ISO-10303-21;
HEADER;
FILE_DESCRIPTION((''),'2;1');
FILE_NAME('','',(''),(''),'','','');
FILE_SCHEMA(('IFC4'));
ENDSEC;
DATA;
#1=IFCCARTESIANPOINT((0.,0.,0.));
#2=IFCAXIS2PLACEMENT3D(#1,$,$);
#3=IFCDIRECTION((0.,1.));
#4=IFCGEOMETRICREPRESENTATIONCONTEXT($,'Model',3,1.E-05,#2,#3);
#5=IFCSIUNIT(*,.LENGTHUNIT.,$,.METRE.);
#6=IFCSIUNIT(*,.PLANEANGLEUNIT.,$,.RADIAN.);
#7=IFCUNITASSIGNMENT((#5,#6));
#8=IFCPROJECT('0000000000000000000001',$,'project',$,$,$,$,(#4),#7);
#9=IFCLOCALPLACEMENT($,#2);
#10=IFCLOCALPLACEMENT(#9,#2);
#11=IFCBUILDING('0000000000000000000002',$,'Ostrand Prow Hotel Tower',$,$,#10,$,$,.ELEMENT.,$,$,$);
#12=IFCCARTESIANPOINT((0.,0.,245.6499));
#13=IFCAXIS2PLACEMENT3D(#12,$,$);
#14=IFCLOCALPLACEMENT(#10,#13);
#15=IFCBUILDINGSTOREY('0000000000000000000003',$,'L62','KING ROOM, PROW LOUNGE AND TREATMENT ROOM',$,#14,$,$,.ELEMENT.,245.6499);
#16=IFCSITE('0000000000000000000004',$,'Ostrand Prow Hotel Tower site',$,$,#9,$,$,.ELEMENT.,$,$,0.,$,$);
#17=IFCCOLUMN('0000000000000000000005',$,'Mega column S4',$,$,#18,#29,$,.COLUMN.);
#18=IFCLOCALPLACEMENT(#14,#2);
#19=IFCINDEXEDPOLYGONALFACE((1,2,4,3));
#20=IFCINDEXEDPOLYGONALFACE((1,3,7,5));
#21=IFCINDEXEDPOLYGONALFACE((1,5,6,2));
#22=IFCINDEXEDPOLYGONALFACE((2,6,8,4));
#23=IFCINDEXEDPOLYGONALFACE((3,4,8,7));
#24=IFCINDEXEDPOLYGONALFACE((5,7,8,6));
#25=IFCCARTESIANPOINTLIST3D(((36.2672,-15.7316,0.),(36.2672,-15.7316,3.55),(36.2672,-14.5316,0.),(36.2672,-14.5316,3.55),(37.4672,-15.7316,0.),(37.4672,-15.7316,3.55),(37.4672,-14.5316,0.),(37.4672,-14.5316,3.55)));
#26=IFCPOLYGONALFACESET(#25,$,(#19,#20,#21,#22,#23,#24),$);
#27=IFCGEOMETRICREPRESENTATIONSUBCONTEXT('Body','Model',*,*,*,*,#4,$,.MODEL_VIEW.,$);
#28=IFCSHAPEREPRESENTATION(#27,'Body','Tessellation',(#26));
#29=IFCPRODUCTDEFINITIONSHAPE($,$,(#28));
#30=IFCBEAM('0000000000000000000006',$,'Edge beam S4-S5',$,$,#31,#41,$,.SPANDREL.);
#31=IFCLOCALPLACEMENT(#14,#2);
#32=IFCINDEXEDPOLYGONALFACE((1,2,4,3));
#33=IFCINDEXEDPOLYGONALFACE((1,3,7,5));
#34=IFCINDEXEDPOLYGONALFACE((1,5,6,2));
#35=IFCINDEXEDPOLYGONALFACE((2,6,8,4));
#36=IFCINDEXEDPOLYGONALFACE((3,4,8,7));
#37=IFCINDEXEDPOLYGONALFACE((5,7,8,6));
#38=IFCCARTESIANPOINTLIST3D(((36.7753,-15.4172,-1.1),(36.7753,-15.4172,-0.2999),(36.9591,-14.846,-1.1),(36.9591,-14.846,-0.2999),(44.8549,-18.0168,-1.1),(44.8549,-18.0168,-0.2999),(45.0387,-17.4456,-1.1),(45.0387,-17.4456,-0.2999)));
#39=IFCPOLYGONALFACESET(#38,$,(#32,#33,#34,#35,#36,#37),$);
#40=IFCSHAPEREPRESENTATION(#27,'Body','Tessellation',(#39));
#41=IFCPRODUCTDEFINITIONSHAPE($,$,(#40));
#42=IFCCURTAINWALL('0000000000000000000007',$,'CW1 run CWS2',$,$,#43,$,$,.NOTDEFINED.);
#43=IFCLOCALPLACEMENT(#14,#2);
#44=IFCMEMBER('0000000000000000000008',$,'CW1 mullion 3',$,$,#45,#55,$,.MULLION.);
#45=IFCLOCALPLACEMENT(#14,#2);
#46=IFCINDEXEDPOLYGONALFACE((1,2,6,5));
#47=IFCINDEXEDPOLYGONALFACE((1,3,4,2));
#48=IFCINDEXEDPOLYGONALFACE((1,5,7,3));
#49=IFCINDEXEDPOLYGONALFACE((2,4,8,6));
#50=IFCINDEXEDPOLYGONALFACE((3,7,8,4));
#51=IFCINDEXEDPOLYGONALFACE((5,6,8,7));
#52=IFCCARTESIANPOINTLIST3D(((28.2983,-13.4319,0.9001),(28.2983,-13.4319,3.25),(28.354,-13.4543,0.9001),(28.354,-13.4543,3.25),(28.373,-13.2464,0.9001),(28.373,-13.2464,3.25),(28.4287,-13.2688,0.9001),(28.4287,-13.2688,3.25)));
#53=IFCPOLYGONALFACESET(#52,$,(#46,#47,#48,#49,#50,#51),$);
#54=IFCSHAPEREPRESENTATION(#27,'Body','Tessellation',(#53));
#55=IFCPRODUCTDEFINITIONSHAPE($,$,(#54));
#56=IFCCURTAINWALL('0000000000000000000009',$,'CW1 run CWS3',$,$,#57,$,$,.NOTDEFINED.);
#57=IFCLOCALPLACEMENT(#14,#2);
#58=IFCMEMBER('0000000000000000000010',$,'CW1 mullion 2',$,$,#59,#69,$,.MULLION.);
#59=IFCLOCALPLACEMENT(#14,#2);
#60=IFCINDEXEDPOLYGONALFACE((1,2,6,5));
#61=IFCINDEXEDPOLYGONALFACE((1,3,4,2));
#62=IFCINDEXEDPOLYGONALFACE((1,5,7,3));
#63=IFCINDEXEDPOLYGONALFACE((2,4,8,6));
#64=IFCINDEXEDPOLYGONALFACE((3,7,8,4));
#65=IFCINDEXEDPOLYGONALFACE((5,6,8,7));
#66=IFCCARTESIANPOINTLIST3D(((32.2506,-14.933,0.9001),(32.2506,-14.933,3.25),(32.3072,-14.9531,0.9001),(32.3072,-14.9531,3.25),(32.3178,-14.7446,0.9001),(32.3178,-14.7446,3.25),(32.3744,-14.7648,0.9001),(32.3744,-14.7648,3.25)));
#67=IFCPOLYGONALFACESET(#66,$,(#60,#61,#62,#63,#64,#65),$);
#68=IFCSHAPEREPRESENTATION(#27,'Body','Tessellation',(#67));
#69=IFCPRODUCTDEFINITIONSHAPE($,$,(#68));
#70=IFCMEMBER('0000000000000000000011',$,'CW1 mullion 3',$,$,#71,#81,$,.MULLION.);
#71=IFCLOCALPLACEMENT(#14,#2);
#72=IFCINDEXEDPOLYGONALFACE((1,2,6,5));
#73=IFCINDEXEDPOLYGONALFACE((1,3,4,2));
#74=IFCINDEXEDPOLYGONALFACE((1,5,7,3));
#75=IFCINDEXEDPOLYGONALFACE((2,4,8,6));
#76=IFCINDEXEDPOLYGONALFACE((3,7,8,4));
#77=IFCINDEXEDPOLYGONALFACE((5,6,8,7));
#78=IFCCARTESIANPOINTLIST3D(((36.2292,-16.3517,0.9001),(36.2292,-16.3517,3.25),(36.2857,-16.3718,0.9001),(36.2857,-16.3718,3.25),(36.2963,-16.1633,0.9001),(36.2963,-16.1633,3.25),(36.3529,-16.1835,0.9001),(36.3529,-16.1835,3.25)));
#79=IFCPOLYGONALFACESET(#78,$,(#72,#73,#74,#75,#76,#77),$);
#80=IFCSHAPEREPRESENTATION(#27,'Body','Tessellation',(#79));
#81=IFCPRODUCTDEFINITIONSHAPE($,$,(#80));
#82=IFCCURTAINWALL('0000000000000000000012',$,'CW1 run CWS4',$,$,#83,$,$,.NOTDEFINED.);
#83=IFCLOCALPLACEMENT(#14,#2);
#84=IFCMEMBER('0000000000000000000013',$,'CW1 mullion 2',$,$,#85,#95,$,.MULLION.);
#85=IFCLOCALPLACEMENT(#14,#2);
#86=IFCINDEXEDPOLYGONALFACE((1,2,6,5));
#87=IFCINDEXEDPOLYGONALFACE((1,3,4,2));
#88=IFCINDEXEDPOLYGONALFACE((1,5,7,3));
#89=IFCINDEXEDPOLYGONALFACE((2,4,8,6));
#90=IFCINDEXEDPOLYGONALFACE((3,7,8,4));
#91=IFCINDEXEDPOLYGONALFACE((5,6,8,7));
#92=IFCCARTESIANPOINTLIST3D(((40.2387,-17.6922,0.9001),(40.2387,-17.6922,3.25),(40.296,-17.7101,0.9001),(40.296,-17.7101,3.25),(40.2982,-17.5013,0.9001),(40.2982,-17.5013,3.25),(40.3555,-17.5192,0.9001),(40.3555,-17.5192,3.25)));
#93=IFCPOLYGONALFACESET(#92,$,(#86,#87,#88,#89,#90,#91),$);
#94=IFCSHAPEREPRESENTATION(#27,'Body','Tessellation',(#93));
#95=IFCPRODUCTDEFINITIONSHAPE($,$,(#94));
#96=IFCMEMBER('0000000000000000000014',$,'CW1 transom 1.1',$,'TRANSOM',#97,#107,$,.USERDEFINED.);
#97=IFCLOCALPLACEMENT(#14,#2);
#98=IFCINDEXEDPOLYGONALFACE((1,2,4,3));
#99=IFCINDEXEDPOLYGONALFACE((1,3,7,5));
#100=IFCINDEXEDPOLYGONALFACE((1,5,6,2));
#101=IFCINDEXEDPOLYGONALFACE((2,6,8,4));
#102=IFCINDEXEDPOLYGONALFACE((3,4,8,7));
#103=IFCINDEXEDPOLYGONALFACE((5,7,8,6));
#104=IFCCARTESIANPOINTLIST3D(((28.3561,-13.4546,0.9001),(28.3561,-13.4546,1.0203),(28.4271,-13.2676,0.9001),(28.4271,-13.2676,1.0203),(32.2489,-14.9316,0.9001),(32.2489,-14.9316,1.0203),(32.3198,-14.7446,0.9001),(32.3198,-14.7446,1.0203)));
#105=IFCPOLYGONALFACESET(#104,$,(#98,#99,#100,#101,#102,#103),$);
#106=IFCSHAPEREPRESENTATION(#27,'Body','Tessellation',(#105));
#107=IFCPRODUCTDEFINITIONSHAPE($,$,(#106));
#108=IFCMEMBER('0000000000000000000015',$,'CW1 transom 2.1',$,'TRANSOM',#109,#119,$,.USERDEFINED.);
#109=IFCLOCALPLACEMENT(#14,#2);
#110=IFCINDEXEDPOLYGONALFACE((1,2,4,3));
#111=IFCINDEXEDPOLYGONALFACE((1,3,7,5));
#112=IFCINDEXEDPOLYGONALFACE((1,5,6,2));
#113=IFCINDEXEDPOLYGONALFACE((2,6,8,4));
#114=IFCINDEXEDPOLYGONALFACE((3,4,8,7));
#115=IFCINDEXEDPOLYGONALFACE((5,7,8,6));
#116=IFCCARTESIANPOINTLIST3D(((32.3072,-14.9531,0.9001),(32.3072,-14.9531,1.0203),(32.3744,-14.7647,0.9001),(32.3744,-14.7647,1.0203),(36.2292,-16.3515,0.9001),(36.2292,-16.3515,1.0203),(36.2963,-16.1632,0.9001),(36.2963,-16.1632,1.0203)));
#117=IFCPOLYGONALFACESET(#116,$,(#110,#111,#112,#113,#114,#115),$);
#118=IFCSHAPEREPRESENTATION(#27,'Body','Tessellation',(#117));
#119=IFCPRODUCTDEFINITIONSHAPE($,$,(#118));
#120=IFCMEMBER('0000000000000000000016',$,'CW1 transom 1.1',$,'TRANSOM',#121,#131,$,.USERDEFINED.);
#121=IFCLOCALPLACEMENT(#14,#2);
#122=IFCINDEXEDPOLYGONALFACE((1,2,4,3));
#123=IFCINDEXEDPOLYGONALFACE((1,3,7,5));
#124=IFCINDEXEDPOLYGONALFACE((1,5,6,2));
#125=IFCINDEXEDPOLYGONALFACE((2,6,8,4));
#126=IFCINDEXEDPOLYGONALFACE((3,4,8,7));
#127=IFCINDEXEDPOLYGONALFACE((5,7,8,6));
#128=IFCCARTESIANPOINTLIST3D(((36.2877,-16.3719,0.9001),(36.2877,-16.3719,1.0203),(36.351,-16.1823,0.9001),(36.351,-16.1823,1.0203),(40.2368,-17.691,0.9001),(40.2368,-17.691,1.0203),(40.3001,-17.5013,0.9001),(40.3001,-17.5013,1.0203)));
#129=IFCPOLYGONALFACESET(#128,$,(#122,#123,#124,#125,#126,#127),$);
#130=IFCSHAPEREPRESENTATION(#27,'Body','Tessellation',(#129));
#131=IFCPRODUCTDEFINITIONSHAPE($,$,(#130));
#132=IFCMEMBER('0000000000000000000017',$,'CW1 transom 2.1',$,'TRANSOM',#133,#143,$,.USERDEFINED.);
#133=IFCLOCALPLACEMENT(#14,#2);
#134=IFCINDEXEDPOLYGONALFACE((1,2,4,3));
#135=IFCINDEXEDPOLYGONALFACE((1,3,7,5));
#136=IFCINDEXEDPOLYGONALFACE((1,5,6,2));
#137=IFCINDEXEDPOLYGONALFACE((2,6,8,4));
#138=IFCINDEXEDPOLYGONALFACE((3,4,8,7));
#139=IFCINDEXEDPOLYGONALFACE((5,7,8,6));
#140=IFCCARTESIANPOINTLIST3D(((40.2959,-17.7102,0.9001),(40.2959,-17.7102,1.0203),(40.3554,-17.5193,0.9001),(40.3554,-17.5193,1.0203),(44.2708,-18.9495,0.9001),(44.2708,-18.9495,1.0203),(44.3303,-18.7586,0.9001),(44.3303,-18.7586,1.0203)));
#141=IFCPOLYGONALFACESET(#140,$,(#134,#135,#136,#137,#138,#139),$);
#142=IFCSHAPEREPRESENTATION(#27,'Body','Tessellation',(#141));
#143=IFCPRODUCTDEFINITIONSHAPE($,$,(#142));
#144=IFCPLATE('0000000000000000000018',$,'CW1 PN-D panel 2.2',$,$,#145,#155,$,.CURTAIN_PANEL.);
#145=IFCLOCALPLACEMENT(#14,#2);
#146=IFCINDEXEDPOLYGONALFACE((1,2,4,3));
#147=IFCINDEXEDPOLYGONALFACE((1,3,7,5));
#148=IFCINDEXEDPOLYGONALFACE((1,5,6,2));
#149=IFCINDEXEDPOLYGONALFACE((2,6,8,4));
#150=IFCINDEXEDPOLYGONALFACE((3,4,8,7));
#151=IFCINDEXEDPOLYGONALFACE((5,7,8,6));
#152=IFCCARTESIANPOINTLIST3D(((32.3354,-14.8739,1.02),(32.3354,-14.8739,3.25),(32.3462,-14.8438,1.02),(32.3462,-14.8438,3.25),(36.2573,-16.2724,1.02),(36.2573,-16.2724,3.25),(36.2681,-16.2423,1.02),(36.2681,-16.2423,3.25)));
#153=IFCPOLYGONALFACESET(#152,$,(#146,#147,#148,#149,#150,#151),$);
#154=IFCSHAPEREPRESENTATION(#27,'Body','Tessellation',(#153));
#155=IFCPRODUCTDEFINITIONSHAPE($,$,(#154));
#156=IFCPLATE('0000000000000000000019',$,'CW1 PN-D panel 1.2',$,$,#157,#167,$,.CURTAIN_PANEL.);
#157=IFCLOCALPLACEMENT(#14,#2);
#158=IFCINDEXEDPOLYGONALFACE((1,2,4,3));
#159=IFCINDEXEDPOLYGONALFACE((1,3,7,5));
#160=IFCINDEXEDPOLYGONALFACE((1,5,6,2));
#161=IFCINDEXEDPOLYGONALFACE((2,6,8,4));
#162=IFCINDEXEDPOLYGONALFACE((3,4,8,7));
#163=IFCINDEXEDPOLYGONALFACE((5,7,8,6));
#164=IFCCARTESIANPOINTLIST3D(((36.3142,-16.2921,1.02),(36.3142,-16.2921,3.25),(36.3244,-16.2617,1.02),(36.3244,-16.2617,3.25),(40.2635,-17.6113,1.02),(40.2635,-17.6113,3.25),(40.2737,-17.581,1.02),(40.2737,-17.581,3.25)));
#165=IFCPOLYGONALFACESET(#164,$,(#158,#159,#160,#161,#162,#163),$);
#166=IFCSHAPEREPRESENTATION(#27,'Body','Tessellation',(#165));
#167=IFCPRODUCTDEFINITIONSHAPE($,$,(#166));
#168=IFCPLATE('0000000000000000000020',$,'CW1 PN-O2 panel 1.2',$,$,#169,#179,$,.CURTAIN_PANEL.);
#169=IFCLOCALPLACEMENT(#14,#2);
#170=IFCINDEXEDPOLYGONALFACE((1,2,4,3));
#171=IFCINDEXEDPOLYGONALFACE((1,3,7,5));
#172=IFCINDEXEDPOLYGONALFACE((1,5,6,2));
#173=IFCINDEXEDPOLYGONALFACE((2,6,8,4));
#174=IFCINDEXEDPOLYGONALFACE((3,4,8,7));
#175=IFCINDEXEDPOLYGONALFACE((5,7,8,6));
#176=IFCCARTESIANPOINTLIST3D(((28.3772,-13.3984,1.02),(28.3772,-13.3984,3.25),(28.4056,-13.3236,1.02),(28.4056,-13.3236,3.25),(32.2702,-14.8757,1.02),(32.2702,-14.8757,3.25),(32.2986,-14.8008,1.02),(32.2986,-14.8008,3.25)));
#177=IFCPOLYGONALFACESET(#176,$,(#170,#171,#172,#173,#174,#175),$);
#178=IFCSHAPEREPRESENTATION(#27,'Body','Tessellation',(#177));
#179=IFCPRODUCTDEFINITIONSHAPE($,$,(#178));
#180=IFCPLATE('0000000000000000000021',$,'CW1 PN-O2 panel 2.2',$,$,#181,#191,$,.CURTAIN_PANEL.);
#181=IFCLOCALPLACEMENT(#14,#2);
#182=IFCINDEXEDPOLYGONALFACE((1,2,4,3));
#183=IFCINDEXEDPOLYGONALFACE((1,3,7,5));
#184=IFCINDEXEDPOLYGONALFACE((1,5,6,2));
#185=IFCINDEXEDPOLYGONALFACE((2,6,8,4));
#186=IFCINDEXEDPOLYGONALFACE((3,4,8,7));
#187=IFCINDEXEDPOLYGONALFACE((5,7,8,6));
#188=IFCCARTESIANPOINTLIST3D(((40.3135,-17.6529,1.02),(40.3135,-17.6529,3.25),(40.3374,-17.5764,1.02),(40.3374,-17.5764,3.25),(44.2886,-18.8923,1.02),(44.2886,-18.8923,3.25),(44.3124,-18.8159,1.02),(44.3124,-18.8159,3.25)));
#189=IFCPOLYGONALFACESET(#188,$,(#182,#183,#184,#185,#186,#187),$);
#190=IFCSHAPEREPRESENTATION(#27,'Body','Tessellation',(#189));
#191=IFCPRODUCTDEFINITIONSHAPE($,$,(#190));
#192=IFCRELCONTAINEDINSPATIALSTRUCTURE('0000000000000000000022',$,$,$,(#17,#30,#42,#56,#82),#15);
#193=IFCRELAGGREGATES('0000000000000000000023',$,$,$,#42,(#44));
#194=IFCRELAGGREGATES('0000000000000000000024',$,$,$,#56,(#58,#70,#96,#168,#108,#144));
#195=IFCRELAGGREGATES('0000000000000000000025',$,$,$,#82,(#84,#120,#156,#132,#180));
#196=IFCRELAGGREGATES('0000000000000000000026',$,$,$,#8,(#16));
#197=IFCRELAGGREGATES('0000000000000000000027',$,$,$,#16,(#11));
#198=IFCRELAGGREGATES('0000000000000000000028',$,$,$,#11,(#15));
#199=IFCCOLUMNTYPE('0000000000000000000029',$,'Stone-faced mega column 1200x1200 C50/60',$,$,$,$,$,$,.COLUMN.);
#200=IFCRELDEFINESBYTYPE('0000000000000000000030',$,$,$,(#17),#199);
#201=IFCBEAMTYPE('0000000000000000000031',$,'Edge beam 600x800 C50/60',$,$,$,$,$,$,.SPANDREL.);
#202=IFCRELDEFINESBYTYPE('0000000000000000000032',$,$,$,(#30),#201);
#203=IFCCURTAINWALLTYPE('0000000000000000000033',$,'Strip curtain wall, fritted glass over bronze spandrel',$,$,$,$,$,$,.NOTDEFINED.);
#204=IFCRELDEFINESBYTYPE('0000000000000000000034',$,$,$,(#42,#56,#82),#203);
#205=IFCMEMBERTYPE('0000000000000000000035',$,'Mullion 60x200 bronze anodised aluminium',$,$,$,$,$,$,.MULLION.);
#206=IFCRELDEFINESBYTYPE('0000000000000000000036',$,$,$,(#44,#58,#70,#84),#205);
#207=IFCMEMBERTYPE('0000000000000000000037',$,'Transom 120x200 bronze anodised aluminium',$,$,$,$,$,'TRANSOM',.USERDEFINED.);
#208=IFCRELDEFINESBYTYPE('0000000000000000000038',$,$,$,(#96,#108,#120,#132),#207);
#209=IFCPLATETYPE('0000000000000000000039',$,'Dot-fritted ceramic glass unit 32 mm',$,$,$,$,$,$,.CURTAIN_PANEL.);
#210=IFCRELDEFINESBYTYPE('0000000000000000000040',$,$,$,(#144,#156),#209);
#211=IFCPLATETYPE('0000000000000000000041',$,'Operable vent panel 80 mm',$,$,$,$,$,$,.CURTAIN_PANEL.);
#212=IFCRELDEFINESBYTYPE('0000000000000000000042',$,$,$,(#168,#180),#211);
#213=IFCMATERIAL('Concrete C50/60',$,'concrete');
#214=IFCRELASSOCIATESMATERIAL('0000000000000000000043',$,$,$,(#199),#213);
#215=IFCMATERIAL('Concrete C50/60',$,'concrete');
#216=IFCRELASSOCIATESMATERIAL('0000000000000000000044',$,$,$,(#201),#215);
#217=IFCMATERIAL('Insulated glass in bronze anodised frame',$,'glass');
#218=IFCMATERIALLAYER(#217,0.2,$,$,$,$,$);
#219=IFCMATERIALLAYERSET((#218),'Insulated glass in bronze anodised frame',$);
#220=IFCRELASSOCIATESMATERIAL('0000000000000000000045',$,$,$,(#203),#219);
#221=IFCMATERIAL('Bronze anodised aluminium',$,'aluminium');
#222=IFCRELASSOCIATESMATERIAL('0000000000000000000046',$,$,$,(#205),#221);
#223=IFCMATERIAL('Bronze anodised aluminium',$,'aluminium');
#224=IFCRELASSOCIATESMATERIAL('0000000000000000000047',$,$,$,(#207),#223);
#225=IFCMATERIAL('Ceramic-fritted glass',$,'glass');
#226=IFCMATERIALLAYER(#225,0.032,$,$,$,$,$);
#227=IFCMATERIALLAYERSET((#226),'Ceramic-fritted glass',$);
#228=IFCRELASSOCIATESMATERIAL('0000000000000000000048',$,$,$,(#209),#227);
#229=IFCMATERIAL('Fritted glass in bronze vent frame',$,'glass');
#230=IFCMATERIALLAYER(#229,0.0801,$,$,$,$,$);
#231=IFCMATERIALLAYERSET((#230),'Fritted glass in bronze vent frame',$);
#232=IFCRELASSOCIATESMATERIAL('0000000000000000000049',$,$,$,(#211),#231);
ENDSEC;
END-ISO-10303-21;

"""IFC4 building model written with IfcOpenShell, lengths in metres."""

from ifc_helpers import new_model, si_unit, direction, frame, origin, origin_2d, place, context, subcontext, project, spatial, rectangle, extrude, material, layer, layer_set, material_profile, profile_set, type_object, element, aggregate, save


model = new_model("IFC4")

# Units and contexts
model_context = context("Model", 3, precision=1e-05, world=origin(), true_north=direction((0.0, 1.0)))
body_context = subcontext(model_context, "Body", "Model", "MODEL_VIEW")
ifc_project = project(units=[si_unit("LENGTHUNIT", "METRE"), si_unit("PLANEANGLEUNIT", "RADIAN")], contexts=[model_context])

# Site, building, storey
site_placement = place(None, origin())
site = spatial("IfcSite", under=ifc_project, at=site_placement, Name="Ostrand Prow Hotel Tower site", CompositionType="ELEMENT", RefElevation=0.0)
building_placement = place(site_placement, origin())
building = spatial("IfcBuilding", under=site, at=building_placement, Name="Ostrand Prow Hotel Tower", CompositionType="ELEMENT")
storey_placement = place(building_placement, frame((0.0, 0.0, 245.6499)))
storey = spatial("IfcBuildingStorey", under=building, at=storey_placement, Name="L62", Description="KING ROOM, PROW LOUNGE AND TREATMENT ROOM", CompositionType="ELEMENT", Elevation=245.6499)

# Column
ifc_material_1 = material(Name="Concrete C50/60", Category="concrete")
ifc_material_profile_1 = material_profile(ifc_material_1, rectangle(XDim=1.2, YDim=1.2, at=origin_2d()), Name="RC 1200x1200")
ifc_profile_set_1 = profile_set([ifc_material_profile_1], Name="Concrete C50/60")
column_type = type_object("IfcColumnType", Name="Stone-faced mega column 1200x1200 C50/60", PredefinedType="COLUMN", material=ifc_profile_set_1)
column_placement = place(storey_placement, frame((36.8672, -15.1316, 0.0), z_axis=(0.0, 0.0, 1.0), x_axis=(1.0, 0.0, 0.0)))
element("IfcColumn", 1, at=column_placement, inside=storey, type_object=column_type, Name="Mega column S4", PredefinedType="COLUMN", context=body_context, shape_type="SweptSolid", body=[
    extrude(rectangle(XDim=1.2, YDim=1.2, at=origin_2d()), origin(), (0.0, 0.0, 1.0), 3.55),
])

# Beam
ifc_material_2 = material(Name="Concrete C50/60", Category="concrete")
ifc_material_profile_2 = material_profile(ifc_material_2, rectangle(XDim=0.6001, YDim=0.8, at=origin_2d()), Name="RC 600x800")
ifc_profile_set_2 = profile_set([ifc_material_profile_2], Name="Concrete C50/60")
beam_type = type_object("IfcBeamType", Name="Edge beam 600x800 C50/60", PredefinedType="SPANDREL", material=ifc_profile_set_2)
beam_placement = place(storey_placement, frame((36.8672, -15.1316, -0.7), z_axis=(0.951939, -0.306287, 0.0), x_axis=(0.306287, 0.951939, 0.0)))
element("IfcBeam", 2, at=beam_placement, inside=storey, type_object=beam_type, Name="Edge beam S4-S5", PredefinedType="SPANDREL", context=body_context, shape_type="SweptSolid", body=[
    extrude(rectangle(XDim=0.6001, YDim=0.8, at=origin_2d()), origin(), (0.0, 0.0, 1.0), 8.4875),
])

# Curtain wall, member
ifc_material_3 = material(Name="Insulated glass in bronze anodised frame", Category="glass")
ifc_layer_1 = layer(ifc_material_3, 0.2)
ifc_layer_set_1 = layer_set([ifc_layer_1], Name="Insulated glass in bronze anodised frame")
curtain_wall_type = type_object("IfcCurtainWallType", Name="Strip curtain wall, fritted glass over bronze spandrel", PredefinedType="NOTDEFINED", material=ifc_layer_set_1)
curtain_wall_1_placement = place(storey_placement, origin())
curtain_wall_1 = element("IfcCurtainWall", 3, at=curtain_wall_1_placement, inside=storey, type_object=curtain_wall_type, Name="CW1 run CWS2", PredefinedType="NOTDEFINED")
ifc_material_4 = material(Name="Bronze anodised aluminium", Category="aluminium")
ifc_material_profile_3 = material_profile(ifc_material_4, rectangle(XDim=0.2, YDim=0.0601, at=origin_2d()), Name="Mullion 60x200 bronze anodised aluminium")
ifc_profile_set_3 = profile_set([ifc_material_profile_3], Name="Bronze anodised aluminium")
member_type_1 = type_object("IfcMemberType", Name="Mullion 60x200 bronze anodised aluminium", PredefinedType="MULLION", material=ifc_profile_set_3)
member_1_placement = place(storey_placement, frame((28.3635, -13.3503, 0.9001), z_axis=(0.0, 0.0, 1.0), x_axis=(0.373533, 0.927617, 0.0)))
member_1 = element("IfcMember", 4, at=member_1_placement, type_object=member_type_1, Name="CW1 mullion 3", PredefinedType="MULLION", context=body_context, shape_type="SweptSolid", body=[
    extrude(rectangle(XDim=0.2, YDim=0.0601, at=origin_2d()), origin(), (0.0, 0.0, 1.0), 2.3499),
])
aggregate(curtain_wall_1, [member_1])

# Curtain wall, members
curtain_wall_2_placement = place(storey_placement, origin())
curtain_wall_2 = element("IfcCurtainWall", 5, at=curtain_wall_2_placement, inside=storey, type_object=curtain_wall_type, Name="CW1 run CWS3", PredefinedType="NOTDEFINED")
member_2_placement = place(storey_placement, frame((32.3125, -14.8489, 0.9001), z_axis=(0.0, 0.0, 1.0), x_axis=(0.335877, 0.941906, 0.0)))
member_2 = element("IfcMember", 6, at=member_2_placement, type_object=member_type_1, Name="CW1 mullion 2", PredefinedType="MULLION", context=body_context, shape_type="SweptSolid", body=[
    extrude(rectangle(XDim=0.2, YDim=0.0601, at=origin_2d()), origin(), (0.0, 0.0, 1.0), 2.3499),
])
member_3_placement = place(storey_placement, frame((36.291, -16.2676, 0.9001), z_axis=(0.0, 0.0, 1.0), x_axis=(0.335877, 0.941906, 0.0)))
member_3 = element("IfcMember", 7, at=member_3_placement, type_object=member_type_1, Name="CW1 mullion 3", PredefinedType="MULLION", context=body_context, shape_type="SweptSolid", body=[
    extrude(rectangle(XDim=0.2, YDim=0.0601, at=origin_2d()), origin(), (0.0, 0.0, 1.0), 2.3499),
])

# Curtain wall, member
curtain_wall_3_placement = place(storey_placement, origin())
curtain_wall_3 = element("IfcCurtainWall", 8, at=curtain_wall_3_placement, inside=storey, type_object=curtain_wall_type, Name="CW1 run CWS4", PredefinedType="NOTDEFINED")
member_4_placement = place(storey_placement, frame((40.2971, -17.6057, 0.9001), z_axis=(0.0, 0.0, 1.0), x_axis=(0.297678, 0.954666, 0.0)))
member_4 = element("IfcMember", 9, at=member_4_placement, type_object=member_type_1, Name="CW1 mullion 2", PredefinedType="MULLION", context=body_context, shape_type="SweptSolid", body=[
    extrude(rectangle(XDim=0.2, YDim=0.0601, at=origin_2d()), origin(), (0.0, 0.0, 1.0), 2.3499),
])

# Members
ifc_material_5 = material(Name="Bronze anodised aluminium", Category="aluminium")
ifc_material_profile_4 = material_profile(ifc_material_5, rectangle(XDim=0.2, YDim=0.1201, at=origin_2d()), Name="Transom 120x200 bronze anodised aluminium")
ifc_profile_set_4 = profile_set([ifc_material_profile_4], Name="Bronze anodised aluminium")
member_type_2 = type_object("IfcMemberType", Name="Transom 120x200 bronze anodised aluminium", ElementType="TRANSOM", PredefinedType="USERDEFINED", material=ifc_profile_set_4)
member_5_placement = place(storey_placement, frame((28.3916, -13.3611, 0.9602), z_axis=(0.934961, -0.354751, 0.0), x_axis=(0.354751, 0.934961, 0.0)))
member_5 = element("IfcMember", 10, at=member_5_placement, type_object=member_type_2, Name="CW1 transom 1.1", ObjectType="TRANSOM", PredefinedType="USERDEFINED", context=body_context, shape_type="SweptSolid", body=[
    extrude(rectangle(XDim=0.2, YDim=0.1201, at=origin_2d()), origin(), (0.0, 0.0, 1.0), 4.1636),
])
member_6_placement = place(storey_placement, frame((32.3408, -14.8589, 0.9602), z_axis=(0.941912, -0.335861, 0.0), x_axis=(0.335861, 0.941912, 0.0)))
member_6 = element("IfcMember", 11, at=member_6_placement, type_object=member_type_2, Name="CW1 transom 2.1", ObjectType="TRANSOM", PredefinedType="USERDEFINED", context=body_context, shape_type="SweptSolid", body=[
    extrude(rectangle(XDim=0.2, YDim=0.1201, at=origin_2d()), origin(), (0.0, 0.0, 1.0), 4.1638),
])
member_7_placement = place(storey_placement, frame((36.3193, -16.2771, 0.9602), z_axis=(0.94849, -0.316808, 0.0), x_axis=(0.316808, 0.94849, 0.0)))
member_7 = element("IfcMember", 12, at=member_7_placement, type_object=member_type_2, Name="CW1 transom 1.1", ObjectType="TRANSOM", PredefinedType="USERDEFINED", context=body_context, shape_type="SweptSolid", body=[
    extrude(rectangle(XDim=0.2, YDim=0.1201, at=origin_2d()), origin(), (0.0, 0.0, 1.0), 4.1636),
])
member_8_placement = place(storey_placement, frame((40.3257, -17.6147, 0.9602), z_axis=(0.954677, -0.297644, 0.0), x_axis=(0.297644, 0.954677, 0.0)))
member_8 = element("IfcMember", 13, at=member_8_placement, type_object=member_type_2, Name="CW1 transom 2.1", ObjectType="TRANSOM", PredefinedType="USERDEFINED", context=body_context, shape_type="SweptSolid", body=[
    extrude(rectangle(XDim=0.2, YDim=0.1201, at=origin_2d()), origin(), (0.0, 0.0, 1.0), 4.1636),
])

# Plates
ifc_material_6 = material(Name="Ceramic-fritted glass", Category="glass")
ifc_layer_2 = layer(ifc_material_6, 0.032)
ifc_layer_set_2 = layer_set([ifc_layer_2], Name="Ceramic-fritted glass")
plate_type_1 = type_object("IfcPlateType", Name="Dot-fritted ceramic glass unit 32 mm", PredefinedType="CURTAIN_PANEL", material=ifc_layer_set_2)
plate_1_placement = place(storey_placement, frame((34.3018, -15.5581, 1.02), z_axis=(0.0, 0.0, 1.0), x_axis=(0.941906, -0.335877, 0.0)))
plate_1 = element("IfcPlate", 14, at=plate_1_placement, type_object=plate_type_1, Name="CW1 PN-D panel 2.2", PredefinedType="CURTAIN_PANEL", context=body_context, shape_type="SweptSolid", body=[
    extrude(rectangle(XDim=4.1638, YDim=0.032, at=origin_2d()), origin(), (0.0, 0.0, 1.0), 2.23),
])
plate_2_placement = place(storey_placement, frame((38.2939, -16.9365, 1.02), z_axis=(0.0, 0.0, 1.0), x_axis=(0.948479, -0.316841, 0.0)))
plate_2 = element("IfcPlate", 15, at=plate_2_placement, type_object=plate_type_1, Name="CW1 PN-D panel 1.2", PredefinedType="CURTAIN_PANEL", context=body_context, shape_type="SweptSolid", body=[
    extrude(rectangle(XDim=4.1638, YDim=0.032, at=origin_2d()), origin(), (0.0, 0.0, 1.0), 2.23),
])
ifc_material_7 = material(Name="Fritted glass in bronze vent frame", Category="glass")
ifc_layer_3 = layer(ifc_material_7, 0.0801)
ifc_layer_set_3 = layer_set([ifc_layer_3], Name="Fritted glass in bronze vent frame")
plate_type_2 = type_object("IfcPlateType", Name="Operable vent panel 80 mm", PredefinedType="CURTAIN_PANEL", material=ifc_layer_set_3)
plate_3_placement = place(storey_placement, frame((30.3379, -14.0996, 1.02), z_axis=(0.0, 0.0, 1.0), x_axis=(0.934951, -0.354777, 0.0)))
plate_3 = element("IfcPlate", 16, at=plate_3_placement, type_object=plate_type_2, Name="CW1 PN-O2 panel 1.2", PredefinedType="CURTAIN_PANEL", context=body_context, shape_type="SweptSolid", body=[
    extrude(rectangle(XDim=4.1638, YDim=0.0801, at=origin_2d()), origin(), (0.0, 0.0, 1.0), 2.23),
])
aggregate(curtain_wall_2, [member_2, member_3, member_5, plate_3, member_6, plate_1])
plate_4_placement = place(storey_placement, frame((42.313, -18.2344, 1.02), z_axis=(0.0, 0.0, 1.0), x_axis=(0.954666, -0.297678, 0.0)))
plate_4 = element("IfcPlate", 17, at=plate_4_placement, type_object=plate_type_2, Name="CW1 PN-O2 panel 2.2", PredefinedType="CURTAIN_PANEL", context=body_context, shape_type="SweptSolid", body=[
    extrude(rectangle(XDim=4.1638, YDim=0.0801, at=origin_2d()), origin(), (0.0, 0.0, 1.0), 2.23),
])
aggregate(curtain_wall_3, [member_4, member_7, plate_2, member_8, plate_4])

save(model, "model.ifc")
